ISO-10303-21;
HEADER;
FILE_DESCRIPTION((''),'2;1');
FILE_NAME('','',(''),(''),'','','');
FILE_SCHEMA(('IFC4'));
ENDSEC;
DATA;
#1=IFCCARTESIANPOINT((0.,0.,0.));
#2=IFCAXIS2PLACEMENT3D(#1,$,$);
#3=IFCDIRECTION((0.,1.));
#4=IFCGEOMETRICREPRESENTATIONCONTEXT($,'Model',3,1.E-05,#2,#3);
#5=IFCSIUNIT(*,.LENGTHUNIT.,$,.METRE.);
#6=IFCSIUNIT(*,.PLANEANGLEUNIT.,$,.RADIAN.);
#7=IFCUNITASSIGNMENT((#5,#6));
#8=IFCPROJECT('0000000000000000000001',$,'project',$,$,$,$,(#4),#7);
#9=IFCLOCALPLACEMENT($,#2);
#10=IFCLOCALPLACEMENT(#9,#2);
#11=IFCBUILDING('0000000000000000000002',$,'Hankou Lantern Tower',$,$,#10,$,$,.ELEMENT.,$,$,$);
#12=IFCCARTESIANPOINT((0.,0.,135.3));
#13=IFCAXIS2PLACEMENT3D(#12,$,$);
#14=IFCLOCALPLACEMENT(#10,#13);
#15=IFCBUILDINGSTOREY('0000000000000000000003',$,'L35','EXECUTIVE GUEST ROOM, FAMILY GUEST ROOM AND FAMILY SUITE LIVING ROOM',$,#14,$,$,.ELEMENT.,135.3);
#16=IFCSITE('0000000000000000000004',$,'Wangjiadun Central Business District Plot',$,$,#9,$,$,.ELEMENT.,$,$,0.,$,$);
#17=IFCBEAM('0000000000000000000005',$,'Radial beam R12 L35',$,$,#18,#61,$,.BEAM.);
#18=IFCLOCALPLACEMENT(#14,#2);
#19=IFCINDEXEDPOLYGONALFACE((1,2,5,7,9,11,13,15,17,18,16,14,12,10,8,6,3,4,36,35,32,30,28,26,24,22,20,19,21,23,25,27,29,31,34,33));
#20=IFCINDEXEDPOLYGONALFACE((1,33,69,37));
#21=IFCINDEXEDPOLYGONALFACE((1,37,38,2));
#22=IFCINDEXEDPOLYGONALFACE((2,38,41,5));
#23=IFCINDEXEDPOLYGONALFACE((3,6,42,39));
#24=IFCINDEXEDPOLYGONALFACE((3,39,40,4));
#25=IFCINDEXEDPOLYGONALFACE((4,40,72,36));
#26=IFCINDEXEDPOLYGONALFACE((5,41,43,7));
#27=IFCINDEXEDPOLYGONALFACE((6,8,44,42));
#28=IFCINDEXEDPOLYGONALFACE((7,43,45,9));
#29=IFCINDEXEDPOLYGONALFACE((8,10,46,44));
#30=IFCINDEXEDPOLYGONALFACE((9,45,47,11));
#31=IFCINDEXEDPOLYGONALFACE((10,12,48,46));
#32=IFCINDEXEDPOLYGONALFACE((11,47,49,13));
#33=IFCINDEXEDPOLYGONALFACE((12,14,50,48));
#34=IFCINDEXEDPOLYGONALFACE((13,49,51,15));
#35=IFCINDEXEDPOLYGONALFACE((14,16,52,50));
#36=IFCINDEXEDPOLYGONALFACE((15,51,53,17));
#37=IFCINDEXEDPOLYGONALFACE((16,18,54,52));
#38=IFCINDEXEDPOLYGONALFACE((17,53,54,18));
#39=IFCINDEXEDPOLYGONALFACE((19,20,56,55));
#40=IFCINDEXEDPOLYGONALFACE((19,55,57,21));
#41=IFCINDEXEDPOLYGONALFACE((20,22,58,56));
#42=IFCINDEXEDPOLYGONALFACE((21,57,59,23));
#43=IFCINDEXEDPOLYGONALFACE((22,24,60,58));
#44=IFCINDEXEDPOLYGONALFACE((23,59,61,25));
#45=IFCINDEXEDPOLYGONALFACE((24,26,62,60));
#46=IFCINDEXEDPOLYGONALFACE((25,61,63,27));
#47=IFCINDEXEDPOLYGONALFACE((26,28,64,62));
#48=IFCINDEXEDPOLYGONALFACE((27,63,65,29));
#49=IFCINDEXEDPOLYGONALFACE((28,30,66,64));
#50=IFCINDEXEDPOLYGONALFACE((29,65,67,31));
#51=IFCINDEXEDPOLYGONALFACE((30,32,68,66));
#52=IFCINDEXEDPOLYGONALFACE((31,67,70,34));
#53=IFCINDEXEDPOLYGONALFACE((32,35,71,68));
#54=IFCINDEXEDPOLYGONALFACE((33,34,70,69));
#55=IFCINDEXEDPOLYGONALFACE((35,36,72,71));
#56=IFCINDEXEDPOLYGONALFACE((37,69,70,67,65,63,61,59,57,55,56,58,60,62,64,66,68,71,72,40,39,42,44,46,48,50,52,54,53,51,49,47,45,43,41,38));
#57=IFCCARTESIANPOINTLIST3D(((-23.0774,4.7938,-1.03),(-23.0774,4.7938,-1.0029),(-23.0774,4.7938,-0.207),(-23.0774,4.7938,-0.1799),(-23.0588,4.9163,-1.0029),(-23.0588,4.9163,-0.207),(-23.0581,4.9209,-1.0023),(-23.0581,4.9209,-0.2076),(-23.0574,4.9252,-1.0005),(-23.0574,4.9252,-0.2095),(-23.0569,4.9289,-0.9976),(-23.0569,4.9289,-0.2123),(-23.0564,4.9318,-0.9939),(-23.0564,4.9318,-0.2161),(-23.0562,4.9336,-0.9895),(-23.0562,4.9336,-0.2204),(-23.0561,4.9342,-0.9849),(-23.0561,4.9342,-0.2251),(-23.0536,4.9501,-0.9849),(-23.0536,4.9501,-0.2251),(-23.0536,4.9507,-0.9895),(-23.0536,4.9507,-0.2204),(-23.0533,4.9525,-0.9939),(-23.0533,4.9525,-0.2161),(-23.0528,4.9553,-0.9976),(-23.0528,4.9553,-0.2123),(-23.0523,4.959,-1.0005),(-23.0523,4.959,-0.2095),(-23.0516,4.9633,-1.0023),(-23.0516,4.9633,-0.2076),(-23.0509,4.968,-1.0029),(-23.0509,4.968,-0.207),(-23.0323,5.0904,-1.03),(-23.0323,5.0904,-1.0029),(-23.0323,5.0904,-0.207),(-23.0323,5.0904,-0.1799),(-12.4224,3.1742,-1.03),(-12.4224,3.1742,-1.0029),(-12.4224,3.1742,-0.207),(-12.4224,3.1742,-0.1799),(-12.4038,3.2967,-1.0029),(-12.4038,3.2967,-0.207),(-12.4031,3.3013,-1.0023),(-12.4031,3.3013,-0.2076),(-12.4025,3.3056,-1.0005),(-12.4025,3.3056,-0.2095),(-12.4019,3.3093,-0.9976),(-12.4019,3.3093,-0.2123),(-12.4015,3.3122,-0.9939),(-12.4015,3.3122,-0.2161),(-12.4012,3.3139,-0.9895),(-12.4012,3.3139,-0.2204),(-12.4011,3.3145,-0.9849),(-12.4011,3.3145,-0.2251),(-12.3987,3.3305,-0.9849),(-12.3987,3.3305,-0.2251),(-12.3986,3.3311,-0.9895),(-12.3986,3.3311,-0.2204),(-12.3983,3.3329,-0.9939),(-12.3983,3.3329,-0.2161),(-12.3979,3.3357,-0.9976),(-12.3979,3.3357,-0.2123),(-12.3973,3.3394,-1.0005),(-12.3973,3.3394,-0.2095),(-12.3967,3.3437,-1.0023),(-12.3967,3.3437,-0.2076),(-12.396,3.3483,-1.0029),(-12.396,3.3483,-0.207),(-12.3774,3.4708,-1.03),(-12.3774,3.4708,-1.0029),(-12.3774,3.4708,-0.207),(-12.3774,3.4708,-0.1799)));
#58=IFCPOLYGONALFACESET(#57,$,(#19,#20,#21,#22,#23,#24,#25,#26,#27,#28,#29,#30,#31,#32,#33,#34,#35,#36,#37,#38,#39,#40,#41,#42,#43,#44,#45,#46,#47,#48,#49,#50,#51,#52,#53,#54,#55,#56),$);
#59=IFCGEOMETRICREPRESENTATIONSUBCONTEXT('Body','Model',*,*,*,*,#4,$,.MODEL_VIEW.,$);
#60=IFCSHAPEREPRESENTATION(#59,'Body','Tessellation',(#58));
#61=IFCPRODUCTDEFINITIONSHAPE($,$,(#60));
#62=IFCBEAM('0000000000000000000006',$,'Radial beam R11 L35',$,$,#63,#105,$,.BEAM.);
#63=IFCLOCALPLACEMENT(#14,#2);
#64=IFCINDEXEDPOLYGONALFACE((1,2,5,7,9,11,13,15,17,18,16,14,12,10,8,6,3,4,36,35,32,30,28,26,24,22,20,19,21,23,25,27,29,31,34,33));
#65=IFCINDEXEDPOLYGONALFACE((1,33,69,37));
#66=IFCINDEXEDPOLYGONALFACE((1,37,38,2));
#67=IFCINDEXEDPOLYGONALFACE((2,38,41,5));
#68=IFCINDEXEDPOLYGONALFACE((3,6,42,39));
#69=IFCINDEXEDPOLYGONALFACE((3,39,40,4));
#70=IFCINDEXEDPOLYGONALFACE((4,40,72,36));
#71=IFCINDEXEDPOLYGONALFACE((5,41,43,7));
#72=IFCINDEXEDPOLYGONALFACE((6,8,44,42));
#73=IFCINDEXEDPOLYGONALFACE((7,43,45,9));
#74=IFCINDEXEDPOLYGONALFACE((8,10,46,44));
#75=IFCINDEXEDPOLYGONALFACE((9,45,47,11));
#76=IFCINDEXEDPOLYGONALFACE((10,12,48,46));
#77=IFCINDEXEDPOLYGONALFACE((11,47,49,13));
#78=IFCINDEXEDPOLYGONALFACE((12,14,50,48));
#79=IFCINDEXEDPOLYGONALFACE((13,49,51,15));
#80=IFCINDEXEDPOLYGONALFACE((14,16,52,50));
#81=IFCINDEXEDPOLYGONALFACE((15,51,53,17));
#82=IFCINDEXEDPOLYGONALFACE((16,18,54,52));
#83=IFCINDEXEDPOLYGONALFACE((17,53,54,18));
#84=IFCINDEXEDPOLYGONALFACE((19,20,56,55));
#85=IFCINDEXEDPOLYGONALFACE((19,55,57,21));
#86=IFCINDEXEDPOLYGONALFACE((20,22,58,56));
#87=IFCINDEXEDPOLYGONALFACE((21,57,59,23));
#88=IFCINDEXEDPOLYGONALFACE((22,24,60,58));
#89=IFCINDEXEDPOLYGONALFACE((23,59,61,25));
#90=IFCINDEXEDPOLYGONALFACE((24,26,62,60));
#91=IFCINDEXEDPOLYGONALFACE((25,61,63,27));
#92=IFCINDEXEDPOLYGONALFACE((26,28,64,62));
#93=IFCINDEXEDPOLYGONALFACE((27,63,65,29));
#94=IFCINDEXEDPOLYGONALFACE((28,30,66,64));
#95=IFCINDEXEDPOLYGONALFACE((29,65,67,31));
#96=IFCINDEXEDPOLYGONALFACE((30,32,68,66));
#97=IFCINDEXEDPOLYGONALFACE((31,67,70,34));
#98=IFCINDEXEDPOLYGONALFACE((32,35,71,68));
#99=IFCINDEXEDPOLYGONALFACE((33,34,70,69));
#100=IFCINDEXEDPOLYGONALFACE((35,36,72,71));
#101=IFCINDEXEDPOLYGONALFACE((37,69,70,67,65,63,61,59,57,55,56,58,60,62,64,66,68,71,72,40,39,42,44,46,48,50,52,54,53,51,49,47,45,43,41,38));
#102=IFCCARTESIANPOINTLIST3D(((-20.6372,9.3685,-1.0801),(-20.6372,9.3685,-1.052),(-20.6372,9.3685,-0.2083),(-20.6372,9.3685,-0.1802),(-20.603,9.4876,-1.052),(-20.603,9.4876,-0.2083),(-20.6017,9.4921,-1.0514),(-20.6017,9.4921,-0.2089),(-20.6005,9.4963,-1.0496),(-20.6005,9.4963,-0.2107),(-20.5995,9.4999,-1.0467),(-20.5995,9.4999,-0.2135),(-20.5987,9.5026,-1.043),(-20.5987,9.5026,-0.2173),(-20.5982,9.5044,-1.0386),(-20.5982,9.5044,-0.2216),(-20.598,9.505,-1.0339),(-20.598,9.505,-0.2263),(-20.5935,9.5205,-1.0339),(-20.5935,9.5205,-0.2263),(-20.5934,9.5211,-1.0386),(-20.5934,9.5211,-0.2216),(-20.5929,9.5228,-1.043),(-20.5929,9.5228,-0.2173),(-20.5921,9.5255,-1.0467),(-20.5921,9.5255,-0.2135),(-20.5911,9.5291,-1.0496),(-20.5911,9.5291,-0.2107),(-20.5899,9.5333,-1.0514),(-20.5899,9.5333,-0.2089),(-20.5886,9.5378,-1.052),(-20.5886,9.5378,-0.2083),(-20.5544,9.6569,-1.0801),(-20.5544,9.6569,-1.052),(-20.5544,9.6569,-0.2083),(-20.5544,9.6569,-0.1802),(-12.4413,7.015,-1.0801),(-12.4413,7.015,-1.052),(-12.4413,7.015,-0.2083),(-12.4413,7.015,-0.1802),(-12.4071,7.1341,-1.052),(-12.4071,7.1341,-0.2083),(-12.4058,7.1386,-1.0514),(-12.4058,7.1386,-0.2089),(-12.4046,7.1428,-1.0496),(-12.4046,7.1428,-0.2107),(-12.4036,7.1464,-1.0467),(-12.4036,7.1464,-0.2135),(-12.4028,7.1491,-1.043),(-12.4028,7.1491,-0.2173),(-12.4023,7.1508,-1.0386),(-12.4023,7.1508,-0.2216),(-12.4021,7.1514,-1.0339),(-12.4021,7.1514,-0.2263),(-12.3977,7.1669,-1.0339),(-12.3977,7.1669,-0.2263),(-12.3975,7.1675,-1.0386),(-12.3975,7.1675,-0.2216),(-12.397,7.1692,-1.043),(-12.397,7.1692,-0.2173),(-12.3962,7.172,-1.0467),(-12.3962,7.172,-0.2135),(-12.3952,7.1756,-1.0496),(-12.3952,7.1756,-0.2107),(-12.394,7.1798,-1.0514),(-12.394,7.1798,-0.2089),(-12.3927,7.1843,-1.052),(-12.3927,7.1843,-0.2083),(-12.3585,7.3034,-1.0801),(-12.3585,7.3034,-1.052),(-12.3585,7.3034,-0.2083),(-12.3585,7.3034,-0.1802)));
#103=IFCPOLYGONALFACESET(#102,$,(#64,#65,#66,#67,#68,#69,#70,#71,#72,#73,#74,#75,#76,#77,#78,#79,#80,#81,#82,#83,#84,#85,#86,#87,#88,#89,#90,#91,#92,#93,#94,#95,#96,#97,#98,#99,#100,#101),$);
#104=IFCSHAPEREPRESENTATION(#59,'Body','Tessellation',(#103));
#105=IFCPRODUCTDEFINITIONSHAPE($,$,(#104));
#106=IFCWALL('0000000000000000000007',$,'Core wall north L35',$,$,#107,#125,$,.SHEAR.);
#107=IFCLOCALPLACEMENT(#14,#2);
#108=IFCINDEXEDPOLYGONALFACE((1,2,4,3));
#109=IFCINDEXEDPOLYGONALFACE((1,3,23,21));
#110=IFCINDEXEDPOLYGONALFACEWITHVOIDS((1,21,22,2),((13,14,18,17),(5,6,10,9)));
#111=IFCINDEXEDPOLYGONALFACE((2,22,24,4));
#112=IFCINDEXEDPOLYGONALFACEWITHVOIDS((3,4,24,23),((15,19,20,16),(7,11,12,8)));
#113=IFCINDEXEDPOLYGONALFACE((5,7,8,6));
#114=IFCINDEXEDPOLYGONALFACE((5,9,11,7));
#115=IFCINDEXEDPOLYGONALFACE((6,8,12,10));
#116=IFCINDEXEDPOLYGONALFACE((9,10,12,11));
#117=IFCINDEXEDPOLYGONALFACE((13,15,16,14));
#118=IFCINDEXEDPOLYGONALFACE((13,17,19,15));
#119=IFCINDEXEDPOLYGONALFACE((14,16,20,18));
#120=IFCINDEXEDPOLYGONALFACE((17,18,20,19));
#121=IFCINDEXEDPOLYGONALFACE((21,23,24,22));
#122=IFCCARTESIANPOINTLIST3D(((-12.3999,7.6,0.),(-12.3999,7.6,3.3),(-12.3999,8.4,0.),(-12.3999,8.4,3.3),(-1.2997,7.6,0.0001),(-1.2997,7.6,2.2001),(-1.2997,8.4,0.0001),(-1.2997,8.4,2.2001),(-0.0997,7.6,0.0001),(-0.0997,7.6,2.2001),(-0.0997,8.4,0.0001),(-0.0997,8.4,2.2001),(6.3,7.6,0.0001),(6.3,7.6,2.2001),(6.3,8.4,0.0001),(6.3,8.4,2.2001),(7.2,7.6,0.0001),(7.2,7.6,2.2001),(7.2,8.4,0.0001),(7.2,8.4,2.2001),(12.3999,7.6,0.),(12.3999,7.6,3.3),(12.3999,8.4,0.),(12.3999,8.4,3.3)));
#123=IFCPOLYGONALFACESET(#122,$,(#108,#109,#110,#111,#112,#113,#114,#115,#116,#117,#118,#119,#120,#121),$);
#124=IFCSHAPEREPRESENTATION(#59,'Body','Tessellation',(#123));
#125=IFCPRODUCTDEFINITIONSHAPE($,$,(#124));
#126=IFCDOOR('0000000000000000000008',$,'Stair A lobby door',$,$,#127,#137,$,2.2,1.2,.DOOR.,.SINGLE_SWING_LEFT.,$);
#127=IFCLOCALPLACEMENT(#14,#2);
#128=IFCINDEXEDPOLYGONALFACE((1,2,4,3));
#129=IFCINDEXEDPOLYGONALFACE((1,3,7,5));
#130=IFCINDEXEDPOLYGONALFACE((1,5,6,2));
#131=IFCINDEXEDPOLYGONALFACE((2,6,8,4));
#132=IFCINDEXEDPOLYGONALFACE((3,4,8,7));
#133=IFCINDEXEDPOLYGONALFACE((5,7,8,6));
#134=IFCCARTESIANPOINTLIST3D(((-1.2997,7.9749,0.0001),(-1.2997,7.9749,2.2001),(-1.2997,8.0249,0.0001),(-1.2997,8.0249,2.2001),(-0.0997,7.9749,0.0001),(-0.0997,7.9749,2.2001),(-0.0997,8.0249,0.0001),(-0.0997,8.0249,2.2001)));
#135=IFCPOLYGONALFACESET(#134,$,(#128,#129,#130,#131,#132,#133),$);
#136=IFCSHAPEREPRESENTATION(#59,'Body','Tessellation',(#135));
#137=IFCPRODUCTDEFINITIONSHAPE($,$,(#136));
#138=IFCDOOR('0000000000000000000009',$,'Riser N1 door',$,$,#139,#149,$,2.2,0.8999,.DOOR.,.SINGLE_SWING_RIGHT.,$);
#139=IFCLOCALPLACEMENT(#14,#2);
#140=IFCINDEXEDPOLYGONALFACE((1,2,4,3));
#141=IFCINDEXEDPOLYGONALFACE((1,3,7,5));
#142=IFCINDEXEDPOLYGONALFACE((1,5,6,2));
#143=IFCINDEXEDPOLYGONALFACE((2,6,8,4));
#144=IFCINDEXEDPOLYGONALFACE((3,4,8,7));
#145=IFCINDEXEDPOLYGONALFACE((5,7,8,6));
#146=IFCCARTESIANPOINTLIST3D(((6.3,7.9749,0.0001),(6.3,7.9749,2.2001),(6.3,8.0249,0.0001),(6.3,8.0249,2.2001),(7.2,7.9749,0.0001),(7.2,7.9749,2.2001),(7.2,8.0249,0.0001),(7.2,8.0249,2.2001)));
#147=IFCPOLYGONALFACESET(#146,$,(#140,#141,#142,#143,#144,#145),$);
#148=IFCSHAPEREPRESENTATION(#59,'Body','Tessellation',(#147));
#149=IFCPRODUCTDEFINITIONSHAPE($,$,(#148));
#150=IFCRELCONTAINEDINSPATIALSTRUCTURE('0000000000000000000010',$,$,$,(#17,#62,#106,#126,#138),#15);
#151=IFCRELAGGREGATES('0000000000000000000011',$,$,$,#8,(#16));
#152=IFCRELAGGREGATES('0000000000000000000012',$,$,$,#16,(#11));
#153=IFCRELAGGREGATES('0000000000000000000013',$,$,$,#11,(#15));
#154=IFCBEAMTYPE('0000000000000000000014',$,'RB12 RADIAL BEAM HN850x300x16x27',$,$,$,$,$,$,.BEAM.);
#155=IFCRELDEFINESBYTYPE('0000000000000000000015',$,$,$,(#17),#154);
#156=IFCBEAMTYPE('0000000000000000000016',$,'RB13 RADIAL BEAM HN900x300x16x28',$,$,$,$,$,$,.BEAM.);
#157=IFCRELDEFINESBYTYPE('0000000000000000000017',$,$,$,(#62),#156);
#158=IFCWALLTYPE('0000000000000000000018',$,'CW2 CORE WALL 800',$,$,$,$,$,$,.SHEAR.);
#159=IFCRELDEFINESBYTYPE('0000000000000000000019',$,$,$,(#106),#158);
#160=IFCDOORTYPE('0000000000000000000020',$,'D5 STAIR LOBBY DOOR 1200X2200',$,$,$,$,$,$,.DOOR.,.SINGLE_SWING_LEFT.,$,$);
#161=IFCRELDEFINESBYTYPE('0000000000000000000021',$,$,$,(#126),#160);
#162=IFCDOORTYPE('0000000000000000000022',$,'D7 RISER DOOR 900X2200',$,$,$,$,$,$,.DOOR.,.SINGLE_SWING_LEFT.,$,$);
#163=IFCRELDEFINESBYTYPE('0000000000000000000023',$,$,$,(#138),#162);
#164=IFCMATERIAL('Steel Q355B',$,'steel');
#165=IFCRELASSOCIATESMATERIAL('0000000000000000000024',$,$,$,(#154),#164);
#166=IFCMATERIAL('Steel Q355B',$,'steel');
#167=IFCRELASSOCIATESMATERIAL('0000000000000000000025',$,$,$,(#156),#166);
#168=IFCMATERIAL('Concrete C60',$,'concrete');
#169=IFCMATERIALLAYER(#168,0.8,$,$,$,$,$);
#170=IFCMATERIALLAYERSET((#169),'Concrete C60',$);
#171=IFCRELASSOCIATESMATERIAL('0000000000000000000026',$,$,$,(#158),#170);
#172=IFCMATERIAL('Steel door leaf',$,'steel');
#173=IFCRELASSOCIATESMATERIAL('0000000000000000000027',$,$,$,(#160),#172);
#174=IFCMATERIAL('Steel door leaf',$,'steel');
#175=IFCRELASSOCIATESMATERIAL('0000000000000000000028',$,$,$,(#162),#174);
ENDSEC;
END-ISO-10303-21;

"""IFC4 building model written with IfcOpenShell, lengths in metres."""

from ifc_helpers import new_model, si_unit, direction, frame, frame_2d, origin, origin_2d, place, context, subcontext, project, spatial, rectangle, i_section, extrude, material, layer, layer_set, material_profile, profile_set, type_object, element, fill, save


model = new_model("IFC4")

# Units and contexts
model_context = context("Model", 3, precision=1e-05, world=origin(), true_north=direction((0.0, 1.0)))
body_context = subcontext(model_context, "Body", "Model", "MODEL_VIEW")
ifc_project = project(units=[si_unit("LENGTHUNIT", "METRE"), si_unit("PLANEANGLEUNIT", "RADIAN")], contexts=[model_context])

# Site, building, storey
site_placement = place(None, origin())
site = spatial("IfcSite", under=ifc_project, at=site_placement, Name="Wangjiadun Central Business District Plot", CompositionType="ELEMENT", RefElevation=0.0)
building_placement = place(site_placement, origin())
building = spatial("IfcBuilding", under=site, at=building_placement, Name="Hankou Lantern Tower", CompositionType="ELEMENT")
storey_placement = place(building_placement, frame((0.0, 0.0, 135.3)))
storey = spatial("IfcBuildingStorey", under=building, at=storey_placement, Name="L35", Description="EXECUTIVE GUEST ROOM, FAMILY GUEST ROOM AND FAMILY SUITE LIVING ROOM", CompositionType="ELEMENT", Elevation=135.3)

# Beams
ifc_material_1 = material(Name="Steel Q355B", Category="steel")
ifc_material_profile_1 = material_profile(ifc_material_1, i_section(OverallWidth=0.3, OverallDepth=0.8501, WebThickness=0.0161, FlangeThickness=0.0271, FilletRadius=0.0181, at=origin_2d()), Name="HN850x300x16x27")
ifc_profile_set_1 = profile_set([ifc_material_profile_1], Name="Steel Q355B")
beam_type_1 = type_object("IfcBeamType", Name="RB12 RADIAL BEAM HN850x300x16x27", PredefinedType="BEAM", material=ifc_profile_set_1)
beam_1_placement = place(storey_placement, frame((-12.3999, 3.3225, -0.605), z_axis=(-0.988644, 0.15028, 0.0), x_axis=(-0.15028, -0.988644, 0.0)))
element("IfcBeam", 1, at=beam_1_placement, inside=storey, type_object=beam_type_1, Name="Radial beam R12 L35", PredefinedType="BEAM", context=body_context, shape_type="SweptSolid", body=[
    extrude(i_section(OverallWidth=0.3, OverallDepth=0.8501, WebThickness=0.0161, FlangeThickness=0.0271, FilletRadius=0.0181, at=origin_2d()), origin(), (0.0, 0.0, 1.0), 10.7773),
])
ifc_material_2 = material(Name="Steel Q355B", Category="steel")
ifc_material_profile_2 = material_profile(ifc_material_2, i_section(OverallWidth=0.3, OverallDepth=0.8999, WebThickness=0.0161, FlangeThickness=0.0281, FilletRadius=0.0181, at=origin_2d()), Name="HN900x300x16x28")
ifc_profile_set_2 = profile_set([ifc_material_profile_2], Name="Steel Q355B")
beam_type_2 = type_object("IfcBeamType", Name="RB13 RADIAL BEAM HN900x300x16x28", PredefinedType="BEAM", material=ifc_profile_set_2)
beam_2_placement = place(storey_placement, frame((-12.3999, 7.1592, -0.6301), z_axis=(-0.961156, 0.276007, 0.0), x_axis=(-0.276007, -0.961156, 0.0)))
element("IfcBeam", 2, at=beam_2_placement, inside=storey, type_object=beam_type_2, Name="Radial beam R11 L35", PredefinedType="BEAM", context=body_context, shape_type="SweptSolid", body=[
    extrude(i_section(OverallWidth=0.3, OverallDepth=0.8999, WebThickness=0.0161, FlangeThickness=0.0281, FilletRadius=0.0181, at=origin_2d()), origin(), (0.0, 0.0, 1.0), 8.5271),
])

# Wall, openings, doors
ifc_material_3 = material(Name="Concrete C60", Category="concrete")
ifc_layer_1 = layer(ifc_material_3, 0.8)
ifc_layer_set_1 = layer_set([ifc_layer_1], Name="Concrete C60")
wall_type_1 = type_object("IfcWallType", Name="CW2 CORE WALL 800", PredefinedType="SHEAR", material=ifc_layer_set_1)
wall_1_placement = place(storey_placement, frame((-12.3999, 8.0, 0.0), z_axis=(0.0, 0.0, 1.0), x_axis=(1.0, 0.0, 0.0)))
wall_1 = element("IfcWall", 3, at=wall_1_placement, inside=storey, type_object=wall_type_1, Name="Core wall north L35", PredefinedType="SHEAR", context=body_context, shape_type="SweptSolid", body=[
    extrude(rectangle(XDim=24.7998, YDim=0.8, at=frame_2d((12.3999, 0.0))), origin(), (0.0, 0.0, 1.0), 3.3),
])
opening_1_placement = place(wall_1_placement, frame((11.1001, 0.0, 0.0)))
opening_1 = element("IfcOpeningElement", 4, at=opening_1_placement, cuts=wall_1, PredefinedType="OPENING", context=body_context, shape_type="SweptSolid", body=[
    extrude(rectangle(XDim=1.2, YDim=2.2, at=frame_2d((0.6001, 1.1001))), frame((0.0, 0.4099, 0.0), z_axis=(0.0, -1.0, 0.0), x_axis=(1.0, 0.0, 0.0)), (0.0, 0.0, 1.0), 0.8201),
])
opening_2_placement = place(wall_1_placement, frame((18.7, 0.0, 0.0)))
opening_2 = element("IfcOpeningElement", 5, at=opening_2_placement, cuts=wall_1, PredefinedType="OPENING", context=body_context, shape_type="SweptSolid", body=[
    extrude(rectangle(XDim=0.8999, YDim=2.2, at=frame_2d((0.45, 1.1001))), frame((0.0, 0.4099, 0.0), z_axis=(0.0, -1.0, 0.0), x_axis=(1.0, 0.0, 0.0)), (0.0, 0.0, 1.0), 0.8201),
])
ifc_material_4 = material(Name="Steel door leaf", Category="steel")
door_type_1 = type_object("IfcDoorType", Name="D5 STAIR LOBBY DOOR 1200X2200", OperationType="SINGLE_SWING_LEFT", PredefinedType="DOOR", material=ifc_material_4)
door_1_placement = place(opening_1_placement, origin())
door_1 = element("IfcDoor", 6, at=door_1_placement, inside=storey, type_object=door_type_1, Name="Stair A lobby door", OperationType="SINGLE_SWING_LEFT", OverallHeight=2.2, OverallWidth=1.2, PredefinedType="DOOR", context=body_context, shape_type="SweptSolid", body=[
    extrude(rectangle(XDim=1.2, YDim=2.2, at=frame_2d((0.6001, 1.1001))), frame((0.0, 0.0249, 0.0), z_axis=(0.0, -1.0, 0.0), x_axis=(1.0, 0.0, 0.0)), (0.0, 0.0, 1.0), 0.05),
])
fill(opening_1, door_1)
ifc_material_5 = material(Name="Steel door leaf", Category="steel")
door_type_2 = type_object("IfcDoorType", Name="D7 RISER DOOR 900X2200", OperationType="SINGLE_SWING_LEFT", PredefinedType="DOOR", material=ifc_material_5)
door_2_placement = place(opening_2_placement, origin())
door_2 = element("IfcDoor", 7, at=door_2_placement, inside=storey, type_object=door_type_2, Name="Riser N1 door", OperationType="SINGLE_SWING_RIGHT", OverallHeight=2.2, OverallWidth=0.8999, PredefinedType="DOOR", context=body_context, shape_type="SweptSolid", body=[
    extrude(rectangle(XDim=0.8999, YDim=2.2, at=frame_2d((0.45, 1.1001))), frame((0.0, 0.0249, 0.0), z_axis=(0.0, -1.0, 0.0), x_axis=(1.0, 0.0, 0.0)), (0.0, 0.0, 1.0), 0.05),
])
fill(opening_2, door_2)

save(model, "model.ifc")
